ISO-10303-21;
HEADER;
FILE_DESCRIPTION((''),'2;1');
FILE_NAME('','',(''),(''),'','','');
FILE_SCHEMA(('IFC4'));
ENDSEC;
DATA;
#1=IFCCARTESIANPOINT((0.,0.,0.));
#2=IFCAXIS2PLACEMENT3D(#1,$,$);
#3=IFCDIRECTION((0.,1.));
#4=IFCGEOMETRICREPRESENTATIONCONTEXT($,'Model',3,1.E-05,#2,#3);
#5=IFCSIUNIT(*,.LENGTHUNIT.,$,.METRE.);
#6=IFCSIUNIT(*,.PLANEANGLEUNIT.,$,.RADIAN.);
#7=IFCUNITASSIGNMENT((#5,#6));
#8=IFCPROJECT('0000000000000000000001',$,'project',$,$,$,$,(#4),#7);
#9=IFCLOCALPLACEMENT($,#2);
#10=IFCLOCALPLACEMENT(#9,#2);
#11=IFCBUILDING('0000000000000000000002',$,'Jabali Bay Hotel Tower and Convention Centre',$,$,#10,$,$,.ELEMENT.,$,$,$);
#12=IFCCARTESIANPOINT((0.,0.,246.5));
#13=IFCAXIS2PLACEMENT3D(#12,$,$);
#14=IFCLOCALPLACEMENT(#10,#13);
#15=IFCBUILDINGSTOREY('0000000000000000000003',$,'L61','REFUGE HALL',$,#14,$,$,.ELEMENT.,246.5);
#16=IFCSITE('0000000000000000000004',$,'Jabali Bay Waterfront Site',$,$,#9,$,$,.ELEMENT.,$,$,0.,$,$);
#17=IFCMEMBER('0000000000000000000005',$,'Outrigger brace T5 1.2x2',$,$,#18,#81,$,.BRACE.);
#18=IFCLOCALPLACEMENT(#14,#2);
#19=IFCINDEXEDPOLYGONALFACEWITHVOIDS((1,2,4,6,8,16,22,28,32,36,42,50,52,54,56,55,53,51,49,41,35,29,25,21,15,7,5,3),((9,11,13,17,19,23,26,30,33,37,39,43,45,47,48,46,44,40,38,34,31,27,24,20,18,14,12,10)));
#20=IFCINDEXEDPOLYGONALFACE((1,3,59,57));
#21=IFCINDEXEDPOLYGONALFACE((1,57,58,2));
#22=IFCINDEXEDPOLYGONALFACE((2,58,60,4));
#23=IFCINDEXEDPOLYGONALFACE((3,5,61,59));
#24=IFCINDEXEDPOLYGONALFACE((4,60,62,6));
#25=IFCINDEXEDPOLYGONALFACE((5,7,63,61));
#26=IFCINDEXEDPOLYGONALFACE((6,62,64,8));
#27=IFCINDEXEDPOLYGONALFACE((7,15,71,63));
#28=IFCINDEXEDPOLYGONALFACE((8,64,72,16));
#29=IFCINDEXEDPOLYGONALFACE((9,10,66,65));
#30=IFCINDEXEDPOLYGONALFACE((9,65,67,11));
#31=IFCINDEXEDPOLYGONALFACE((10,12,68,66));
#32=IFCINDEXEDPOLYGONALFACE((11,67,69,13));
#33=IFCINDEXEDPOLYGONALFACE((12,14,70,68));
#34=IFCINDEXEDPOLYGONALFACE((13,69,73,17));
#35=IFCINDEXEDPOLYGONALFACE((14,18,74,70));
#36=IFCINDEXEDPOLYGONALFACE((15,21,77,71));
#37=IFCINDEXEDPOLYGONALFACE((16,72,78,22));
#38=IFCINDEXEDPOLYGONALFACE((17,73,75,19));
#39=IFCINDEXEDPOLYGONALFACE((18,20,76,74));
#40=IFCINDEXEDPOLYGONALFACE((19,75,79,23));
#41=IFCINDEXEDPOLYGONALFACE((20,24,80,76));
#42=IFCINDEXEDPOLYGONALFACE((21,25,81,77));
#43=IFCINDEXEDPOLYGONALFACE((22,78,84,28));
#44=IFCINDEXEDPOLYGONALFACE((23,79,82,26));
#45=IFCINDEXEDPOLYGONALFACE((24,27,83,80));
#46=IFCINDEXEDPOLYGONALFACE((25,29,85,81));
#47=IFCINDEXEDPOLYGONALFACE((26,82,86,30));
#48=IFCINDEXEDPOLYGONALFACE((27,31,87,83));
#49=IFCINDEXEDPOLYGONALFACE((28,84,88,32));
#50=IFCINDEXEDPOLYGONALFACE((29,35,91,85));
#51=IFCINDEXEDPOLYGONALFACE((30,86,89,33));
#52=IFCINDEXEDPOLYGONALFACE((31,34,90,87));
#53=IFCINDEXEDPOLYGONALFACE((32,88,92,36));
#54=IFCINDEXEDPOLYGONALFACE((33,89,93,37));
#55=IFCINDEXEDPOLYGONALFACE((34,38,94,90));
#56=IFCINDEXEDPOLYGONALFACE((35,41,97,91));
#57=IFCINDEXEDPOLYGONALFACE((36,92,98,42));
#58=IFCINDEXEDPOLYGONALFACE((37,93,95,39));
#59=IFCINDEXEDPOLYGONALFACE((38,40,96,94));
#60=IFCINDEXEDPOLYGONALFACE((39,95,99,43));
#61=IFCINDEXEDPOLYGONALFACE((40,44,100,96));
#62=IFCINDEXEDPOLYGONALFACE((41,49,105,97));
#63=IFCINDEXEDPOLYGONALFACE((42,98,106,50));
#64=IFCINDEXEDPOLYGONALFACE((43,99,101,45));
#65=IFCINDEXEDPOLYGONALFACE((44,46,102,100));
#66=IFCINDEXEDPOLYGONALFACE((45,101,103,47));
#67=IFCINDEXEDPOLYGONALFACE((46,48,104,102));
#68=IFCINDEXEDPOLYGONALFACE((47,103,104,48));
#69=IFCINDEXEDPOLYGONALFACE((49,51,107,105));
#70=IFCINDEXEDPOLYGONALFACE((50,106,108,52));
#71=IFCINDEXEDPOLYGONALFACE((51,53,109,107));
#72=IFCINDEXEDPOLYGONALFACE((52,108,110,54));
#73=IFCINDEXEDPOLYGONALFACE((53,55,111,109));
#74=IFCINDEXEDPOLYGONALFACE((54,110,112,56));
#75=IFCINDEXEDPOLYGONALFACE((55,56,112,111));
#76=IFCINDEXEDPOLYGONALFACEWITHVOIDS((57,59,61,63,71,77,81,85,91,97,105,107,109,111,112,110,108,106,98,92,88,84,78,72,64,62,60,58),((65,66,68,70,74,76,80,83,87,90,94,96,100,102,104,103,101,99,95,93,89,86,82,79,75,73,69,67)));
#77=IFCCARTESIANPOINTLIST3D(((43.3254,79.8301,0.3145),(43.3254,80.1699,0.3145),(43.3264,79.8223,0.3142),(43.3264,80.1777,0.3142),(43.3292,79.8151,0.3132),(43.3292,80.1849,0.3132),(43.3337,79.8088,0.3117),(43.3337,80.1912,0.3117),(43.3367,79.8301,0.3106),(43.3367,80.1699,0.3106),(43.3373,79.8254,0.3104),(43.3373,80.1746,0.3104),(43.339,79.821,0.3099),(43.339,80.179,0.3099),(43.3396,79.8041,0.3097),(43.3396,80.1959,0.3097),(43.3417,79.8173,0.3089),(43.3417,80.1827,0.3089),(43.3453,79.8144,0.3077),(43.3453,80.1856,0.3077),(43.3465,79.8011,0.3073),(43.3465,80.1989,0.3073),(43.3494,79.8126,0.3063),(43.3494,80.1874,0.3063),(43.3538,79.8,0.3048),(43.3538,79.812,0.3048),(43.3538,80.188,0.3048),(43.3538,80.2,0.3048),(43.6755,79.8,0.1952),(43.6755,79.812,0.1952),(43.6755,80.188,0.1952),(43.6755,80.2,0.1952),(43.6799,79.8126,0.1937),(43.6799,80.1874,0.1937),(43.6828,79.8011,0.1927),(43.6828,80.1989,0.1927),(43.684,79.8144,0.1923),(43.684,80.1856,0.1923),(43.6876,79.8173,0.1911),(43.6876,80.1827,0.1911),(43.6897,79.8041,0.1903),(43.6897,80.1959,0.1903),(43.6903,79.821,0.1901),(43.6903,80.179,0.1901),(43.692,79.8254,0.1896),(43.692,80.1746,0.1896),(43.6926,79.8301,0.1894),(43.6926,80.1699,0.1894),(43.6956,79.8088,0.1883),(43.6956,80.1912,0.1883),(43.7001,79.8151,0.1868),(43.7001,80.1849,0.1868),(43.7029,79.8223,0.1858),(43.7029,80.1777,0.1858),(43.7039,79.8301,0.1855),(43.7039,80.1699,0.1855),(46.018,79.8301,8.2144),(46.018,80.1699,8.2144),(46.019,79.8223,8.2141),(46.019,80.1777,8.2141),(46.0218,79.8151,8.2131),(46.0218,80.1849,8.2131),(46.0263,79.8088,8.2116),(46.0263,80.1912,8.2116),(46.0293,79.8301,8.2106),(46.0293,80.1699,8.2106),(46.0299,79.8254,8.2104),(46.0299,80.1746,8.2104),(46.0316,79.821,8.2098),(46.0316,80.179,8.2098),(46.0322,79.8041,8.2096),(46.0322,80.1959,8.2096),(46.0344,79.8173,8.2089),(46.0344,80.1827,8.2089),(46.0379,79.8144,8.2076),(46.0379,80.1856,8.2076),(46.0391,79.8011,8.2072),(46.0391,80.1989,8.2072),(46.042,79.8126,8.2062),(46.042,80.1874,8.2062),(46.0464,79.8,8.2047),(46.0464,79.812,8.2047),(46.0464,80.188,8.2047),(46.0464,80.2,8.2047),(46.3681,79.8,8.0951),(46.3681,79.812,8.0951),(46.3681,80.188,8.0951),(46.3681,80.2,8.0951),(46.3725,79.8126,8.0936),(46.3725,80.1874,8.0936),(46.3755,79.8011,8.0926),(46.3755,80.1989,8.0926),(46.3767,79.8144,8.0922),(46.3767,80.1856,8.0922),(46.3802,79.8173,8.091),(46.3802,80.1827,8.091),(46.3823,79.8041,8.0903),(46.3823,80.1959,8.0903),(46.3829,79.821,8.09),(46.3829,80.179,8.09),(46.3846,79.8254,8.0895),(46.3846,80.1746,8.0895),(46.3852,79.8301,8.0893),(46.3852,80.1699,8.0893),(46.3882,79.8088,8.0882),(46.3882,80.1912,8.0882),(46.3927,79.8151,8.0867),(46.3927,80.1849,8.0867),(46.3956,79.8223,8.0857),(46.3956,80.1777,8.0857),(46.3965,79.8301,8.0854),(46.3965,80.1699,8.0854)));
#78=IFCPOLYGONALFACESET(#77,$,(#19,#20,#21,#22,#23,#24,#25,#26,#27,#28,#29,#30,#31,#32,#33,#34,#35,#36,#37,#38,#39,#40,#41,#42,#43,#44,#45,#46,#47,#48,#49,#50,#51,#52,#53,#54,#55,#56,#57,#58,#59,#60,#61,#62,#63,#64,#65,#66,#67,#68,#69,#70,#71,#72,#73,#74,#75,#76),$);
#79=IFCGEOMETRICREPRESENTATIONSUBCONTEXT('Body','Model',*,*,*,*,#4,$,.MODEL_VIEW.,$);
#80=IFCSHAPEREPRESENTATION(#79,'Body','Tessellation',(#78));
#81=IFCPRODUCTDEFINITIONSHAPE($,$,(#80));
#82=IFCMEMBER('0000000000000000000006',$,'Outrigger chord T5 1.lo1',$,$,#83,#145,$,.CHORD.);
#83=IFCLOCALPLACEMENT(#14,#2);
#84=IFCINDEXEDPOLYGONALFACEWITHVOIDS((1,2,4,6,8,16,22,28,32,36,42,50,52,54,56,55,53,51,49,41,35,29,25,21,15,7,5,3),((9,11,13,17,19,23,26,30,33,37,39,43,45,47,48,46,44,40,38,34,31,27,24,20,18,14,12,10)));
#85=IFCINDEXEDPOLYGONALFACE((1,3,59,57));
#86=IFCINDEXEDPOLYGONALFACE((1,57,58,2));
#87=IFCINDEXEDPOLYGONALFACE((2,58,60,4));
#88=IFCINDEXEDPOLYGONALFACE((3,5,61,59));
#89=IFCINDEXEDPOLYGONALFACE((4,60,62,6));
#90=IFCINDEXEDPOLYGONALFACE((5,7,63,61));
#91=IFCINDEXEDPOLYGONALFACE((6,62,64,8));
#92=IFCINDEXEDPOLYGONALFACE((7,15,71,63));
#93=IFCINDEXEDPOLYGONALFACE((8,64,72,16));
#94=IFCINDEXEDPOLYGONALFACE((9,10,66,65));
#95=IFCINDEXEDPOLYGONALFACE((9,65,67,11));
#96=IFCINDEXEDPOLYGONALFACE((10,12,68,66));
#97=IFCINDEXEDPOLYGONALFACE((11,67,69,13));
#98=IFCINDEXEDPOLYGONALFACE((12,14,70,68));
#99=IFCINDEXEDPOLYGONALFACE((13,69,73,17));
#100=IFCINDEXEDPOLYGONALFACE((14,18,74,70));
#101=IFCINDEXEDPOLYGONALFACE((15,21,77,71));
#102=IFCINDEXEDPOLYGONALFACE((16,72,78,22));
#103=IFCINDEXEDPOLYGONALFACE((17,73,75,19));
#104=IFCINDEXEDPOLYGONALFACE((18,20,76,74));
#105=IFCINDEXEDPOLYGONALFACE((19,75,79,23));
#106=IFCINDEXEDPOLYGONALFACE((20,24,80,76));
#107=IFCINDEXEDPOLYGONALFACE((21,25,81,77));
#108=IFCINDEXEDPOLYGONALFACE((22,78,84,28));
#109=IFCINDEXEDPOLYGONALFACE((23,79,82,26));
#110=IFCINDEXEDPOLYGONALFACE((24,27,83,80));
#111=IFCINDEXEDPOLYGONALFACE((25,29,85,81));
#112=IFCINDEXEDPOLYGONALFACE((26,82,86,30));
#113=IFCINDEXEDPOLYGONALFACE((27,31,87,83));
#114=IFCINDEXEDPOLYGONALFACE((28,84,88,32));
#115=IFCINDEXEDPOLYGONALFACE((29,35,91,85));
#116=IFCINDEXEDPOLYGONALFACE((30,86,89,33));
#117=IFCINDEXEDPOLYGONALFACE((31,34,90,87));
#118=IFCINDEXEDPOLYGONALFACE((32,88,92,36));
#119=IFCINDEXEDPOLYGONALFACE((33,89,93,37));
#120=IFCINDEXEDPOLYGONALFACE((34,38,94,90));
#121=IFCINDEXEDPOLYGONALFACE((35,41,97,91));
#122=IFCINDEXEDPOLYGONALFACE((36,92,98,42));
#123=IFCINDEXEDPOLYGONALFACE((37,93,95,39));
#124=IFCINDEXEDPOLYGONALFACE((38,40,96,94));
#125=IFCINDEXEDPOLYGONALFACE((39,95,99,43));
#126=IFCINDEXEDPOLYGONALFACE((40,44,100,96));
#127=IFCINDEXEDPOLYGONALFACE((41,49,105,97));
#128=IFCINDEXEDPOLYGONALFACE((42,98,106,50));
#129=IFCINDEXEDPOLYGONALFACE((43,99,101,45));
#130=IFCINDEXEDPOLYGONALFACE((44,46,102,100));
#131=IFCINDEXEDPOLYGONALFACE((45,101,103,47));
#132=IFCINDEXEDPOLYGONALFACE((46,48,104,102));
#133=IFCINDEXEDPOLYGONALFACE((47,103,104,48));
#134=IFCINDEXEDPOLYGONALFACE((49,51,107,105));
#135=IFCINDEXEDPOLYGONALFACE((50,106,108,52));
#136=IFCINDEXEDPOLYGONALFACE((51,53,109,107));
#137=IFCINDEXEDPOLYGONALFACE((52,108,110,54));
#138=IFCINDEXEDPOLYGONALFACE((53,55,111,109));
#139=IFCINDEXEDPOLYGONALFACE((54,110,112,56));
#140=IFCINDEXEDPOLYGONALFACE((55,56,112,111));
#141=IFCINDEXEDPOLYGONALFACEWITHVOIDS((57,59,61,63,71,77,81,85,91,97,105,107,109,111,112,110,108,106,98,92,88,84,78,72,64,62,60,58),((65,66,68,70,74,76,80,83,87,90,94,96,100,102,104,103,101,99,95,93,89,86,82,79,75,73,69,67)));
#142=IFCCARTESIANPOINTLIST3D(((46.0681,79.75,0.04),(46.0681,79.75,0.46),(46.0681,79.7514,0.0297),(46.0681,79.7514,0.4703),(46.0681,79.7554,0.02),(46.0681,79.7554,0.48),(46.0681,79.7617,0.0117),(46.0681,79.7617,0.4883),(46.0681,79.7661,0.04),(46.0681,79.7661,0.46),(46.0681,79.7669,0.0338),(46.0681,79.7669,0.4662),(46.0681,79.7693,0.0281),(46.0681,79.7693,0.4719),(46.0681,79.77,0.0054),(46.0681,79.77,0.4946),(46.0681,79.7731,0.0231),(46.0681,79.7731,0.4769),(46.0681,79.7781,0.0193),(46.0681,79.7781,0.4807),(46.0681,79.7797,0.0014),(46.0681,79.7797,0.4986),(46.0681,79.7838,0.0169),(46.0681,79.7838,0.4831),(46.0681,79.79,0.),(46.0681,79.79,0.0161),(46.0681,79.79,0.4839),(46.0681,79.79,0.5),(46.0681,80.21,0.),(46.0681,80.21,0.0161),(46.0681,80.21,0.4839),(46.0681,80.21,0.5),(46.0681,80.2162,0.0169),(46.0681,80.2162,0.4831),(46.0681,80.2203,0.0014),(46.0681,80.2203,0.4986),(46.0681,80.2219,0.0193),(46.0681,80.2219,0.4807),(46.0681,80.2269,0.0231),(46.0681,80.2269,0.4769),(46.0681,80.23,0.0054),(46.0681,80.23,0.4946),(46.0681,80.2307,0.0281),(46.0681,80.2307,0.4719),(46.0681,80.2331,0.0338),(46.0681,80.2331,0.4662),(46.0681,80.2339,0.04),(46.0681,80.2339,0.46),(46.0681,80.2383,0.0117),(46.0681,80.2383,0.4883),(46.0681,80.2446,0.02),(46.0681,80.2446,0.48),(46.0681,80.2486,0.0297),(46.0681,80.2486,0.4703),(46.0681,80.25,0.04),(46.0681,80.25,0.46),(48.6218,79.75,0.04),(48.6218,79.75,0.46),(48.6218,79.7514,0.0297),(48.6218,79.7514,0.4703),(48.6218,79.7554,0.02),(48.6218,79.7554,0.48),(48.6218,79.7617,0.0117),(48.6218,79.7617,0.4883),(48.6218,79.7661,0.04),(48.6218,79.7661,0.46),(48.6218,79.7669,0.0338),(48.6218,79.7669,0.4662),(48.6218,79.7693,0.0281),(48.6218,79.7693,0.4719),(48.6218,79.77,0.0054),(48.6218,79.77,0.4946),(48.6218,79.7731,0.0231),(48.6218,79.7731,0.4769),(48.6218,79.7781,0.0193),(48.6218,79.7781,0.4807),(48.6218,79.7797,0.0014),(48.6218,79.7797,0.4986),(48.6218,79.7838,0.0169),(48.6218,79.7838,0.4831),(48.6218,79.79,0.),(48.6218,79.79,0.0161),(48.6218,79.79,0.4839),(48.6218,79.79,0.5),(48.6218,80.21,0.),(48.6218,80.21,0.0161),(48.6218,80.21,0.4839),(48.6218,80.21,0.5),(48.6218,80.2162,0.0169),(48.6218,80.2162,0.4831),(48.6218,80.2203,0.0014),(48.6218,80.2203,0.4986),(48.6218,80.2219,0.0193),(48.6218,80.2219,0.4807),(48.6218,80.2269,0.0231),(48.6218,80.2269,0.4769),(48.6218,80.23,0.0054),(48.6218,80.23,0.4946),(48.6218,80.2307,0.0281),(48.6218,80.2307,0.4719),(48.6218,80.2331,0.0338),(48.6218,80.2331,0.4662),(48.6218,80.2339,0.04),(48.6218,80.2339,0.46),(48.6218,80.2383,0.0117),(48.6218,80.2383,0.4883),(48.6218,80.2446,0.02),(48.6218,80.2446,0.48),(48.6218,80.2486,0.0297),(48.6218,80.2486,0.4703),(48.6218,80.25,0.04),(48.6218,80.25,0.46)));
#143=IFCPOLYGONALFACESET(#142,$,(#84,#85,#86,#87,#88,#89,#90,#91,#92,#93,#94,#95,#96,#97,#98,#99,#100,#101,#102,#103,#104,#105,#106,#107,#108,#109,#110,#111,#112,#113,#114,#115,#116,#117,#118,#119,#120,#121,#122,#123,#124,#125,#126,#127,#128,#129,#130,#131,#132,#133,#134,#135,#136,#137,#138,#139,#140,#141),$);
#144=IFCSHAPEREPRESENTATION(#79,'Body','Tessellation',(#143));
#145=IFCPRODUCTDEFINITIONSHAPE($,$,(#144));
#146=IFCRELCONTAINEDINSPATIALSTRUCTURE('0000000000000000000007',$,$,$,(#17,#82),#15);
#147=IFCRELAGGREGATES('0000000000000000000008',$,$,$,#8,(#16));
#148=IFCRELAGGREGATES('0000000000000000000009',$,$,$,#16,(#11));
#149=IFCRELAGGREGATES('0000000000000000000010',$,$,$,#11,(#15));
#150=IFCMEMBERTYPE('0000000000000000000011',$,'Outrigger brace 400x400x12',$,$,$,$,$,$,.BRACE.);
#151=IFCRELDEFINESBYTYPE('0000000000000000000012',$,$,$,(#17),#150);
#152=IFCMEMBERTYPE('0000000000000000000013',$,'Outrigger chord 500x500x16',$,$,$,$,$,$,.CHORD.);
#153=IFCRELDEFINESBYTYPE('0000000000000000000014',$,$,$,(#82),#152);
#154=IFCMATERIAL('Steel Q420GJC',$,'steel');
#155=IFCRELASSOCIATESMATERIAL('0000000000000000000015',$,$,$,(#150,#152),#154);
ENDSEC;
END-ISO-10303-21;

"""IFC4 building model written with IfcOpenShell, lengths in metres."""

from ifc_helpers import new_model, si_unit, direction, frame, origin, origin_2d, place, context, subcontext, project, spatial, hollow_rectangle, extrude, material, material_profile, profile_set, type_object, element, save


model = new_model("IFC4")

# Units and contexts
model_context = context("Model", 3, precision=1e-05, world=origin(), true_north=direction((0.0, 1.0)))
body_context = subcontext(model_context, "Body", "Model", "MODEL_VIEW")
ifc_project = project(units=[si_unit("LENGTHUNIT", "METRE"), si_unit("PLANEANGLEUNIT", "RADIAN")], contexts=[model_context])

# Site, building, storey
site_placement = place(None, origin())
site = spatial("IfcSite", under=ifc_project, at=site_placement, Name="Jabali Bay Waterfront Site", CompositionType="ELEMENT", RefElevation=0.0)
building_placement = place(site_placement, origin())
building = spatial("IfcBuilding", under=site, at=building_placement, Name="Jabali Bay Hotel Tower and Convention Centre", CompositionType="ELEMENT")
storey_placement = place(building_placement, frame((0.0, 0.0, 246.5)))
storey = spatial("IfcBuildingStorey", under=building, at=storey_placement, Name="L61", Description="REFUGE HALL", CompositionType="ELEMENT", Elevation=246.5)

# Members
ifc_material_1 = material(Name="Steel Q420GJC", Category="steel")
ifc_material_profile_1 = material_profile(ifc_material_1, hollow_rectangle(XDim=0.3999, YDim=0.3999, WallThickness=0.012, InnerFilletRadius=0.0181, OuterFilletRadius=0.03, at=origin_2d()), Name="Outrigger brace 400x400x12")
ifc_profile_set_1 = profile_set([ifc_material_profile_1], Name="Steel Q420GJC")
member_type_1 = type_object("IfcMemberType", Name="Outrigger brace 400x400x12", PredefinedType="BRACE", material=ifc_profile_set_1)
member_1_placement = place(storey_placement, frame((43.5146, 80.0, 0.25), z_axis=(0.322618, 0.0, 0.946529), x_axis=(0.0, 1.0, 0.0)))
element("IfcMember", 1, at=member_1_placement, inside=storey, type_object=member_type_1, Name="Outrigger brace T5 1.2x2", PredefinedType="BRACE", context=body_context, shape_type="SweptSolid", body=[
    extrude(hollow_rectangle(XDim=0.3999, YDim=0.3999, WallThickness=0.012, InnerFilletRadius=0.0181, OuterFilletRadius=0.03, at=origin_2d()), origin(), (0.0, 0.0, 1.0), 8.3462),
])
ifc_material_profile_2 = material_profile(ifc_material_1, hollow_rectangle(XDim=0.5, YDim=0.5, WallThickness=0.0161, InnerFilletRadius=0.0239, OuterFilletRadius=0.04, at=origin_2d()), Name="Outrigger chord 500x500x16")
ifc_profile_set_2 = profile_set([ifc_material_profile_2], Name="Steel Q420GJC")
member_type_2 = type_object("IfcMemberType", Name="Outrigger chord 500x500x16", PredefinedType="CHORD", material=ifc_profile_set_2)
member_2_placement = place(storey_placement, frame((48.6218, 80.0, 0.25), z_axis=(-1.0, 0.0, 0.0), x_axis=(0.0, -1.0, 0.0)))
element("IfcMember", 2, at=member_2_placement, inside=storey, type_object=member_type_2, Name="Outrigger chord T5 1.lo1", PredefinedType="CHORD", context=body_context, shape_type="SweptSolid", body=[
    extrude(hollow_rectangle(XDim=0.5, YDim=0.5, WallThickness=0.0161, InnerFilletRadius=0.0239, OuterFilletRadius=0.04, at=origin_2d()), origin(), (0.0, 0.0, 1.0), 2.5537),
])

save(model, "model.ifc")
